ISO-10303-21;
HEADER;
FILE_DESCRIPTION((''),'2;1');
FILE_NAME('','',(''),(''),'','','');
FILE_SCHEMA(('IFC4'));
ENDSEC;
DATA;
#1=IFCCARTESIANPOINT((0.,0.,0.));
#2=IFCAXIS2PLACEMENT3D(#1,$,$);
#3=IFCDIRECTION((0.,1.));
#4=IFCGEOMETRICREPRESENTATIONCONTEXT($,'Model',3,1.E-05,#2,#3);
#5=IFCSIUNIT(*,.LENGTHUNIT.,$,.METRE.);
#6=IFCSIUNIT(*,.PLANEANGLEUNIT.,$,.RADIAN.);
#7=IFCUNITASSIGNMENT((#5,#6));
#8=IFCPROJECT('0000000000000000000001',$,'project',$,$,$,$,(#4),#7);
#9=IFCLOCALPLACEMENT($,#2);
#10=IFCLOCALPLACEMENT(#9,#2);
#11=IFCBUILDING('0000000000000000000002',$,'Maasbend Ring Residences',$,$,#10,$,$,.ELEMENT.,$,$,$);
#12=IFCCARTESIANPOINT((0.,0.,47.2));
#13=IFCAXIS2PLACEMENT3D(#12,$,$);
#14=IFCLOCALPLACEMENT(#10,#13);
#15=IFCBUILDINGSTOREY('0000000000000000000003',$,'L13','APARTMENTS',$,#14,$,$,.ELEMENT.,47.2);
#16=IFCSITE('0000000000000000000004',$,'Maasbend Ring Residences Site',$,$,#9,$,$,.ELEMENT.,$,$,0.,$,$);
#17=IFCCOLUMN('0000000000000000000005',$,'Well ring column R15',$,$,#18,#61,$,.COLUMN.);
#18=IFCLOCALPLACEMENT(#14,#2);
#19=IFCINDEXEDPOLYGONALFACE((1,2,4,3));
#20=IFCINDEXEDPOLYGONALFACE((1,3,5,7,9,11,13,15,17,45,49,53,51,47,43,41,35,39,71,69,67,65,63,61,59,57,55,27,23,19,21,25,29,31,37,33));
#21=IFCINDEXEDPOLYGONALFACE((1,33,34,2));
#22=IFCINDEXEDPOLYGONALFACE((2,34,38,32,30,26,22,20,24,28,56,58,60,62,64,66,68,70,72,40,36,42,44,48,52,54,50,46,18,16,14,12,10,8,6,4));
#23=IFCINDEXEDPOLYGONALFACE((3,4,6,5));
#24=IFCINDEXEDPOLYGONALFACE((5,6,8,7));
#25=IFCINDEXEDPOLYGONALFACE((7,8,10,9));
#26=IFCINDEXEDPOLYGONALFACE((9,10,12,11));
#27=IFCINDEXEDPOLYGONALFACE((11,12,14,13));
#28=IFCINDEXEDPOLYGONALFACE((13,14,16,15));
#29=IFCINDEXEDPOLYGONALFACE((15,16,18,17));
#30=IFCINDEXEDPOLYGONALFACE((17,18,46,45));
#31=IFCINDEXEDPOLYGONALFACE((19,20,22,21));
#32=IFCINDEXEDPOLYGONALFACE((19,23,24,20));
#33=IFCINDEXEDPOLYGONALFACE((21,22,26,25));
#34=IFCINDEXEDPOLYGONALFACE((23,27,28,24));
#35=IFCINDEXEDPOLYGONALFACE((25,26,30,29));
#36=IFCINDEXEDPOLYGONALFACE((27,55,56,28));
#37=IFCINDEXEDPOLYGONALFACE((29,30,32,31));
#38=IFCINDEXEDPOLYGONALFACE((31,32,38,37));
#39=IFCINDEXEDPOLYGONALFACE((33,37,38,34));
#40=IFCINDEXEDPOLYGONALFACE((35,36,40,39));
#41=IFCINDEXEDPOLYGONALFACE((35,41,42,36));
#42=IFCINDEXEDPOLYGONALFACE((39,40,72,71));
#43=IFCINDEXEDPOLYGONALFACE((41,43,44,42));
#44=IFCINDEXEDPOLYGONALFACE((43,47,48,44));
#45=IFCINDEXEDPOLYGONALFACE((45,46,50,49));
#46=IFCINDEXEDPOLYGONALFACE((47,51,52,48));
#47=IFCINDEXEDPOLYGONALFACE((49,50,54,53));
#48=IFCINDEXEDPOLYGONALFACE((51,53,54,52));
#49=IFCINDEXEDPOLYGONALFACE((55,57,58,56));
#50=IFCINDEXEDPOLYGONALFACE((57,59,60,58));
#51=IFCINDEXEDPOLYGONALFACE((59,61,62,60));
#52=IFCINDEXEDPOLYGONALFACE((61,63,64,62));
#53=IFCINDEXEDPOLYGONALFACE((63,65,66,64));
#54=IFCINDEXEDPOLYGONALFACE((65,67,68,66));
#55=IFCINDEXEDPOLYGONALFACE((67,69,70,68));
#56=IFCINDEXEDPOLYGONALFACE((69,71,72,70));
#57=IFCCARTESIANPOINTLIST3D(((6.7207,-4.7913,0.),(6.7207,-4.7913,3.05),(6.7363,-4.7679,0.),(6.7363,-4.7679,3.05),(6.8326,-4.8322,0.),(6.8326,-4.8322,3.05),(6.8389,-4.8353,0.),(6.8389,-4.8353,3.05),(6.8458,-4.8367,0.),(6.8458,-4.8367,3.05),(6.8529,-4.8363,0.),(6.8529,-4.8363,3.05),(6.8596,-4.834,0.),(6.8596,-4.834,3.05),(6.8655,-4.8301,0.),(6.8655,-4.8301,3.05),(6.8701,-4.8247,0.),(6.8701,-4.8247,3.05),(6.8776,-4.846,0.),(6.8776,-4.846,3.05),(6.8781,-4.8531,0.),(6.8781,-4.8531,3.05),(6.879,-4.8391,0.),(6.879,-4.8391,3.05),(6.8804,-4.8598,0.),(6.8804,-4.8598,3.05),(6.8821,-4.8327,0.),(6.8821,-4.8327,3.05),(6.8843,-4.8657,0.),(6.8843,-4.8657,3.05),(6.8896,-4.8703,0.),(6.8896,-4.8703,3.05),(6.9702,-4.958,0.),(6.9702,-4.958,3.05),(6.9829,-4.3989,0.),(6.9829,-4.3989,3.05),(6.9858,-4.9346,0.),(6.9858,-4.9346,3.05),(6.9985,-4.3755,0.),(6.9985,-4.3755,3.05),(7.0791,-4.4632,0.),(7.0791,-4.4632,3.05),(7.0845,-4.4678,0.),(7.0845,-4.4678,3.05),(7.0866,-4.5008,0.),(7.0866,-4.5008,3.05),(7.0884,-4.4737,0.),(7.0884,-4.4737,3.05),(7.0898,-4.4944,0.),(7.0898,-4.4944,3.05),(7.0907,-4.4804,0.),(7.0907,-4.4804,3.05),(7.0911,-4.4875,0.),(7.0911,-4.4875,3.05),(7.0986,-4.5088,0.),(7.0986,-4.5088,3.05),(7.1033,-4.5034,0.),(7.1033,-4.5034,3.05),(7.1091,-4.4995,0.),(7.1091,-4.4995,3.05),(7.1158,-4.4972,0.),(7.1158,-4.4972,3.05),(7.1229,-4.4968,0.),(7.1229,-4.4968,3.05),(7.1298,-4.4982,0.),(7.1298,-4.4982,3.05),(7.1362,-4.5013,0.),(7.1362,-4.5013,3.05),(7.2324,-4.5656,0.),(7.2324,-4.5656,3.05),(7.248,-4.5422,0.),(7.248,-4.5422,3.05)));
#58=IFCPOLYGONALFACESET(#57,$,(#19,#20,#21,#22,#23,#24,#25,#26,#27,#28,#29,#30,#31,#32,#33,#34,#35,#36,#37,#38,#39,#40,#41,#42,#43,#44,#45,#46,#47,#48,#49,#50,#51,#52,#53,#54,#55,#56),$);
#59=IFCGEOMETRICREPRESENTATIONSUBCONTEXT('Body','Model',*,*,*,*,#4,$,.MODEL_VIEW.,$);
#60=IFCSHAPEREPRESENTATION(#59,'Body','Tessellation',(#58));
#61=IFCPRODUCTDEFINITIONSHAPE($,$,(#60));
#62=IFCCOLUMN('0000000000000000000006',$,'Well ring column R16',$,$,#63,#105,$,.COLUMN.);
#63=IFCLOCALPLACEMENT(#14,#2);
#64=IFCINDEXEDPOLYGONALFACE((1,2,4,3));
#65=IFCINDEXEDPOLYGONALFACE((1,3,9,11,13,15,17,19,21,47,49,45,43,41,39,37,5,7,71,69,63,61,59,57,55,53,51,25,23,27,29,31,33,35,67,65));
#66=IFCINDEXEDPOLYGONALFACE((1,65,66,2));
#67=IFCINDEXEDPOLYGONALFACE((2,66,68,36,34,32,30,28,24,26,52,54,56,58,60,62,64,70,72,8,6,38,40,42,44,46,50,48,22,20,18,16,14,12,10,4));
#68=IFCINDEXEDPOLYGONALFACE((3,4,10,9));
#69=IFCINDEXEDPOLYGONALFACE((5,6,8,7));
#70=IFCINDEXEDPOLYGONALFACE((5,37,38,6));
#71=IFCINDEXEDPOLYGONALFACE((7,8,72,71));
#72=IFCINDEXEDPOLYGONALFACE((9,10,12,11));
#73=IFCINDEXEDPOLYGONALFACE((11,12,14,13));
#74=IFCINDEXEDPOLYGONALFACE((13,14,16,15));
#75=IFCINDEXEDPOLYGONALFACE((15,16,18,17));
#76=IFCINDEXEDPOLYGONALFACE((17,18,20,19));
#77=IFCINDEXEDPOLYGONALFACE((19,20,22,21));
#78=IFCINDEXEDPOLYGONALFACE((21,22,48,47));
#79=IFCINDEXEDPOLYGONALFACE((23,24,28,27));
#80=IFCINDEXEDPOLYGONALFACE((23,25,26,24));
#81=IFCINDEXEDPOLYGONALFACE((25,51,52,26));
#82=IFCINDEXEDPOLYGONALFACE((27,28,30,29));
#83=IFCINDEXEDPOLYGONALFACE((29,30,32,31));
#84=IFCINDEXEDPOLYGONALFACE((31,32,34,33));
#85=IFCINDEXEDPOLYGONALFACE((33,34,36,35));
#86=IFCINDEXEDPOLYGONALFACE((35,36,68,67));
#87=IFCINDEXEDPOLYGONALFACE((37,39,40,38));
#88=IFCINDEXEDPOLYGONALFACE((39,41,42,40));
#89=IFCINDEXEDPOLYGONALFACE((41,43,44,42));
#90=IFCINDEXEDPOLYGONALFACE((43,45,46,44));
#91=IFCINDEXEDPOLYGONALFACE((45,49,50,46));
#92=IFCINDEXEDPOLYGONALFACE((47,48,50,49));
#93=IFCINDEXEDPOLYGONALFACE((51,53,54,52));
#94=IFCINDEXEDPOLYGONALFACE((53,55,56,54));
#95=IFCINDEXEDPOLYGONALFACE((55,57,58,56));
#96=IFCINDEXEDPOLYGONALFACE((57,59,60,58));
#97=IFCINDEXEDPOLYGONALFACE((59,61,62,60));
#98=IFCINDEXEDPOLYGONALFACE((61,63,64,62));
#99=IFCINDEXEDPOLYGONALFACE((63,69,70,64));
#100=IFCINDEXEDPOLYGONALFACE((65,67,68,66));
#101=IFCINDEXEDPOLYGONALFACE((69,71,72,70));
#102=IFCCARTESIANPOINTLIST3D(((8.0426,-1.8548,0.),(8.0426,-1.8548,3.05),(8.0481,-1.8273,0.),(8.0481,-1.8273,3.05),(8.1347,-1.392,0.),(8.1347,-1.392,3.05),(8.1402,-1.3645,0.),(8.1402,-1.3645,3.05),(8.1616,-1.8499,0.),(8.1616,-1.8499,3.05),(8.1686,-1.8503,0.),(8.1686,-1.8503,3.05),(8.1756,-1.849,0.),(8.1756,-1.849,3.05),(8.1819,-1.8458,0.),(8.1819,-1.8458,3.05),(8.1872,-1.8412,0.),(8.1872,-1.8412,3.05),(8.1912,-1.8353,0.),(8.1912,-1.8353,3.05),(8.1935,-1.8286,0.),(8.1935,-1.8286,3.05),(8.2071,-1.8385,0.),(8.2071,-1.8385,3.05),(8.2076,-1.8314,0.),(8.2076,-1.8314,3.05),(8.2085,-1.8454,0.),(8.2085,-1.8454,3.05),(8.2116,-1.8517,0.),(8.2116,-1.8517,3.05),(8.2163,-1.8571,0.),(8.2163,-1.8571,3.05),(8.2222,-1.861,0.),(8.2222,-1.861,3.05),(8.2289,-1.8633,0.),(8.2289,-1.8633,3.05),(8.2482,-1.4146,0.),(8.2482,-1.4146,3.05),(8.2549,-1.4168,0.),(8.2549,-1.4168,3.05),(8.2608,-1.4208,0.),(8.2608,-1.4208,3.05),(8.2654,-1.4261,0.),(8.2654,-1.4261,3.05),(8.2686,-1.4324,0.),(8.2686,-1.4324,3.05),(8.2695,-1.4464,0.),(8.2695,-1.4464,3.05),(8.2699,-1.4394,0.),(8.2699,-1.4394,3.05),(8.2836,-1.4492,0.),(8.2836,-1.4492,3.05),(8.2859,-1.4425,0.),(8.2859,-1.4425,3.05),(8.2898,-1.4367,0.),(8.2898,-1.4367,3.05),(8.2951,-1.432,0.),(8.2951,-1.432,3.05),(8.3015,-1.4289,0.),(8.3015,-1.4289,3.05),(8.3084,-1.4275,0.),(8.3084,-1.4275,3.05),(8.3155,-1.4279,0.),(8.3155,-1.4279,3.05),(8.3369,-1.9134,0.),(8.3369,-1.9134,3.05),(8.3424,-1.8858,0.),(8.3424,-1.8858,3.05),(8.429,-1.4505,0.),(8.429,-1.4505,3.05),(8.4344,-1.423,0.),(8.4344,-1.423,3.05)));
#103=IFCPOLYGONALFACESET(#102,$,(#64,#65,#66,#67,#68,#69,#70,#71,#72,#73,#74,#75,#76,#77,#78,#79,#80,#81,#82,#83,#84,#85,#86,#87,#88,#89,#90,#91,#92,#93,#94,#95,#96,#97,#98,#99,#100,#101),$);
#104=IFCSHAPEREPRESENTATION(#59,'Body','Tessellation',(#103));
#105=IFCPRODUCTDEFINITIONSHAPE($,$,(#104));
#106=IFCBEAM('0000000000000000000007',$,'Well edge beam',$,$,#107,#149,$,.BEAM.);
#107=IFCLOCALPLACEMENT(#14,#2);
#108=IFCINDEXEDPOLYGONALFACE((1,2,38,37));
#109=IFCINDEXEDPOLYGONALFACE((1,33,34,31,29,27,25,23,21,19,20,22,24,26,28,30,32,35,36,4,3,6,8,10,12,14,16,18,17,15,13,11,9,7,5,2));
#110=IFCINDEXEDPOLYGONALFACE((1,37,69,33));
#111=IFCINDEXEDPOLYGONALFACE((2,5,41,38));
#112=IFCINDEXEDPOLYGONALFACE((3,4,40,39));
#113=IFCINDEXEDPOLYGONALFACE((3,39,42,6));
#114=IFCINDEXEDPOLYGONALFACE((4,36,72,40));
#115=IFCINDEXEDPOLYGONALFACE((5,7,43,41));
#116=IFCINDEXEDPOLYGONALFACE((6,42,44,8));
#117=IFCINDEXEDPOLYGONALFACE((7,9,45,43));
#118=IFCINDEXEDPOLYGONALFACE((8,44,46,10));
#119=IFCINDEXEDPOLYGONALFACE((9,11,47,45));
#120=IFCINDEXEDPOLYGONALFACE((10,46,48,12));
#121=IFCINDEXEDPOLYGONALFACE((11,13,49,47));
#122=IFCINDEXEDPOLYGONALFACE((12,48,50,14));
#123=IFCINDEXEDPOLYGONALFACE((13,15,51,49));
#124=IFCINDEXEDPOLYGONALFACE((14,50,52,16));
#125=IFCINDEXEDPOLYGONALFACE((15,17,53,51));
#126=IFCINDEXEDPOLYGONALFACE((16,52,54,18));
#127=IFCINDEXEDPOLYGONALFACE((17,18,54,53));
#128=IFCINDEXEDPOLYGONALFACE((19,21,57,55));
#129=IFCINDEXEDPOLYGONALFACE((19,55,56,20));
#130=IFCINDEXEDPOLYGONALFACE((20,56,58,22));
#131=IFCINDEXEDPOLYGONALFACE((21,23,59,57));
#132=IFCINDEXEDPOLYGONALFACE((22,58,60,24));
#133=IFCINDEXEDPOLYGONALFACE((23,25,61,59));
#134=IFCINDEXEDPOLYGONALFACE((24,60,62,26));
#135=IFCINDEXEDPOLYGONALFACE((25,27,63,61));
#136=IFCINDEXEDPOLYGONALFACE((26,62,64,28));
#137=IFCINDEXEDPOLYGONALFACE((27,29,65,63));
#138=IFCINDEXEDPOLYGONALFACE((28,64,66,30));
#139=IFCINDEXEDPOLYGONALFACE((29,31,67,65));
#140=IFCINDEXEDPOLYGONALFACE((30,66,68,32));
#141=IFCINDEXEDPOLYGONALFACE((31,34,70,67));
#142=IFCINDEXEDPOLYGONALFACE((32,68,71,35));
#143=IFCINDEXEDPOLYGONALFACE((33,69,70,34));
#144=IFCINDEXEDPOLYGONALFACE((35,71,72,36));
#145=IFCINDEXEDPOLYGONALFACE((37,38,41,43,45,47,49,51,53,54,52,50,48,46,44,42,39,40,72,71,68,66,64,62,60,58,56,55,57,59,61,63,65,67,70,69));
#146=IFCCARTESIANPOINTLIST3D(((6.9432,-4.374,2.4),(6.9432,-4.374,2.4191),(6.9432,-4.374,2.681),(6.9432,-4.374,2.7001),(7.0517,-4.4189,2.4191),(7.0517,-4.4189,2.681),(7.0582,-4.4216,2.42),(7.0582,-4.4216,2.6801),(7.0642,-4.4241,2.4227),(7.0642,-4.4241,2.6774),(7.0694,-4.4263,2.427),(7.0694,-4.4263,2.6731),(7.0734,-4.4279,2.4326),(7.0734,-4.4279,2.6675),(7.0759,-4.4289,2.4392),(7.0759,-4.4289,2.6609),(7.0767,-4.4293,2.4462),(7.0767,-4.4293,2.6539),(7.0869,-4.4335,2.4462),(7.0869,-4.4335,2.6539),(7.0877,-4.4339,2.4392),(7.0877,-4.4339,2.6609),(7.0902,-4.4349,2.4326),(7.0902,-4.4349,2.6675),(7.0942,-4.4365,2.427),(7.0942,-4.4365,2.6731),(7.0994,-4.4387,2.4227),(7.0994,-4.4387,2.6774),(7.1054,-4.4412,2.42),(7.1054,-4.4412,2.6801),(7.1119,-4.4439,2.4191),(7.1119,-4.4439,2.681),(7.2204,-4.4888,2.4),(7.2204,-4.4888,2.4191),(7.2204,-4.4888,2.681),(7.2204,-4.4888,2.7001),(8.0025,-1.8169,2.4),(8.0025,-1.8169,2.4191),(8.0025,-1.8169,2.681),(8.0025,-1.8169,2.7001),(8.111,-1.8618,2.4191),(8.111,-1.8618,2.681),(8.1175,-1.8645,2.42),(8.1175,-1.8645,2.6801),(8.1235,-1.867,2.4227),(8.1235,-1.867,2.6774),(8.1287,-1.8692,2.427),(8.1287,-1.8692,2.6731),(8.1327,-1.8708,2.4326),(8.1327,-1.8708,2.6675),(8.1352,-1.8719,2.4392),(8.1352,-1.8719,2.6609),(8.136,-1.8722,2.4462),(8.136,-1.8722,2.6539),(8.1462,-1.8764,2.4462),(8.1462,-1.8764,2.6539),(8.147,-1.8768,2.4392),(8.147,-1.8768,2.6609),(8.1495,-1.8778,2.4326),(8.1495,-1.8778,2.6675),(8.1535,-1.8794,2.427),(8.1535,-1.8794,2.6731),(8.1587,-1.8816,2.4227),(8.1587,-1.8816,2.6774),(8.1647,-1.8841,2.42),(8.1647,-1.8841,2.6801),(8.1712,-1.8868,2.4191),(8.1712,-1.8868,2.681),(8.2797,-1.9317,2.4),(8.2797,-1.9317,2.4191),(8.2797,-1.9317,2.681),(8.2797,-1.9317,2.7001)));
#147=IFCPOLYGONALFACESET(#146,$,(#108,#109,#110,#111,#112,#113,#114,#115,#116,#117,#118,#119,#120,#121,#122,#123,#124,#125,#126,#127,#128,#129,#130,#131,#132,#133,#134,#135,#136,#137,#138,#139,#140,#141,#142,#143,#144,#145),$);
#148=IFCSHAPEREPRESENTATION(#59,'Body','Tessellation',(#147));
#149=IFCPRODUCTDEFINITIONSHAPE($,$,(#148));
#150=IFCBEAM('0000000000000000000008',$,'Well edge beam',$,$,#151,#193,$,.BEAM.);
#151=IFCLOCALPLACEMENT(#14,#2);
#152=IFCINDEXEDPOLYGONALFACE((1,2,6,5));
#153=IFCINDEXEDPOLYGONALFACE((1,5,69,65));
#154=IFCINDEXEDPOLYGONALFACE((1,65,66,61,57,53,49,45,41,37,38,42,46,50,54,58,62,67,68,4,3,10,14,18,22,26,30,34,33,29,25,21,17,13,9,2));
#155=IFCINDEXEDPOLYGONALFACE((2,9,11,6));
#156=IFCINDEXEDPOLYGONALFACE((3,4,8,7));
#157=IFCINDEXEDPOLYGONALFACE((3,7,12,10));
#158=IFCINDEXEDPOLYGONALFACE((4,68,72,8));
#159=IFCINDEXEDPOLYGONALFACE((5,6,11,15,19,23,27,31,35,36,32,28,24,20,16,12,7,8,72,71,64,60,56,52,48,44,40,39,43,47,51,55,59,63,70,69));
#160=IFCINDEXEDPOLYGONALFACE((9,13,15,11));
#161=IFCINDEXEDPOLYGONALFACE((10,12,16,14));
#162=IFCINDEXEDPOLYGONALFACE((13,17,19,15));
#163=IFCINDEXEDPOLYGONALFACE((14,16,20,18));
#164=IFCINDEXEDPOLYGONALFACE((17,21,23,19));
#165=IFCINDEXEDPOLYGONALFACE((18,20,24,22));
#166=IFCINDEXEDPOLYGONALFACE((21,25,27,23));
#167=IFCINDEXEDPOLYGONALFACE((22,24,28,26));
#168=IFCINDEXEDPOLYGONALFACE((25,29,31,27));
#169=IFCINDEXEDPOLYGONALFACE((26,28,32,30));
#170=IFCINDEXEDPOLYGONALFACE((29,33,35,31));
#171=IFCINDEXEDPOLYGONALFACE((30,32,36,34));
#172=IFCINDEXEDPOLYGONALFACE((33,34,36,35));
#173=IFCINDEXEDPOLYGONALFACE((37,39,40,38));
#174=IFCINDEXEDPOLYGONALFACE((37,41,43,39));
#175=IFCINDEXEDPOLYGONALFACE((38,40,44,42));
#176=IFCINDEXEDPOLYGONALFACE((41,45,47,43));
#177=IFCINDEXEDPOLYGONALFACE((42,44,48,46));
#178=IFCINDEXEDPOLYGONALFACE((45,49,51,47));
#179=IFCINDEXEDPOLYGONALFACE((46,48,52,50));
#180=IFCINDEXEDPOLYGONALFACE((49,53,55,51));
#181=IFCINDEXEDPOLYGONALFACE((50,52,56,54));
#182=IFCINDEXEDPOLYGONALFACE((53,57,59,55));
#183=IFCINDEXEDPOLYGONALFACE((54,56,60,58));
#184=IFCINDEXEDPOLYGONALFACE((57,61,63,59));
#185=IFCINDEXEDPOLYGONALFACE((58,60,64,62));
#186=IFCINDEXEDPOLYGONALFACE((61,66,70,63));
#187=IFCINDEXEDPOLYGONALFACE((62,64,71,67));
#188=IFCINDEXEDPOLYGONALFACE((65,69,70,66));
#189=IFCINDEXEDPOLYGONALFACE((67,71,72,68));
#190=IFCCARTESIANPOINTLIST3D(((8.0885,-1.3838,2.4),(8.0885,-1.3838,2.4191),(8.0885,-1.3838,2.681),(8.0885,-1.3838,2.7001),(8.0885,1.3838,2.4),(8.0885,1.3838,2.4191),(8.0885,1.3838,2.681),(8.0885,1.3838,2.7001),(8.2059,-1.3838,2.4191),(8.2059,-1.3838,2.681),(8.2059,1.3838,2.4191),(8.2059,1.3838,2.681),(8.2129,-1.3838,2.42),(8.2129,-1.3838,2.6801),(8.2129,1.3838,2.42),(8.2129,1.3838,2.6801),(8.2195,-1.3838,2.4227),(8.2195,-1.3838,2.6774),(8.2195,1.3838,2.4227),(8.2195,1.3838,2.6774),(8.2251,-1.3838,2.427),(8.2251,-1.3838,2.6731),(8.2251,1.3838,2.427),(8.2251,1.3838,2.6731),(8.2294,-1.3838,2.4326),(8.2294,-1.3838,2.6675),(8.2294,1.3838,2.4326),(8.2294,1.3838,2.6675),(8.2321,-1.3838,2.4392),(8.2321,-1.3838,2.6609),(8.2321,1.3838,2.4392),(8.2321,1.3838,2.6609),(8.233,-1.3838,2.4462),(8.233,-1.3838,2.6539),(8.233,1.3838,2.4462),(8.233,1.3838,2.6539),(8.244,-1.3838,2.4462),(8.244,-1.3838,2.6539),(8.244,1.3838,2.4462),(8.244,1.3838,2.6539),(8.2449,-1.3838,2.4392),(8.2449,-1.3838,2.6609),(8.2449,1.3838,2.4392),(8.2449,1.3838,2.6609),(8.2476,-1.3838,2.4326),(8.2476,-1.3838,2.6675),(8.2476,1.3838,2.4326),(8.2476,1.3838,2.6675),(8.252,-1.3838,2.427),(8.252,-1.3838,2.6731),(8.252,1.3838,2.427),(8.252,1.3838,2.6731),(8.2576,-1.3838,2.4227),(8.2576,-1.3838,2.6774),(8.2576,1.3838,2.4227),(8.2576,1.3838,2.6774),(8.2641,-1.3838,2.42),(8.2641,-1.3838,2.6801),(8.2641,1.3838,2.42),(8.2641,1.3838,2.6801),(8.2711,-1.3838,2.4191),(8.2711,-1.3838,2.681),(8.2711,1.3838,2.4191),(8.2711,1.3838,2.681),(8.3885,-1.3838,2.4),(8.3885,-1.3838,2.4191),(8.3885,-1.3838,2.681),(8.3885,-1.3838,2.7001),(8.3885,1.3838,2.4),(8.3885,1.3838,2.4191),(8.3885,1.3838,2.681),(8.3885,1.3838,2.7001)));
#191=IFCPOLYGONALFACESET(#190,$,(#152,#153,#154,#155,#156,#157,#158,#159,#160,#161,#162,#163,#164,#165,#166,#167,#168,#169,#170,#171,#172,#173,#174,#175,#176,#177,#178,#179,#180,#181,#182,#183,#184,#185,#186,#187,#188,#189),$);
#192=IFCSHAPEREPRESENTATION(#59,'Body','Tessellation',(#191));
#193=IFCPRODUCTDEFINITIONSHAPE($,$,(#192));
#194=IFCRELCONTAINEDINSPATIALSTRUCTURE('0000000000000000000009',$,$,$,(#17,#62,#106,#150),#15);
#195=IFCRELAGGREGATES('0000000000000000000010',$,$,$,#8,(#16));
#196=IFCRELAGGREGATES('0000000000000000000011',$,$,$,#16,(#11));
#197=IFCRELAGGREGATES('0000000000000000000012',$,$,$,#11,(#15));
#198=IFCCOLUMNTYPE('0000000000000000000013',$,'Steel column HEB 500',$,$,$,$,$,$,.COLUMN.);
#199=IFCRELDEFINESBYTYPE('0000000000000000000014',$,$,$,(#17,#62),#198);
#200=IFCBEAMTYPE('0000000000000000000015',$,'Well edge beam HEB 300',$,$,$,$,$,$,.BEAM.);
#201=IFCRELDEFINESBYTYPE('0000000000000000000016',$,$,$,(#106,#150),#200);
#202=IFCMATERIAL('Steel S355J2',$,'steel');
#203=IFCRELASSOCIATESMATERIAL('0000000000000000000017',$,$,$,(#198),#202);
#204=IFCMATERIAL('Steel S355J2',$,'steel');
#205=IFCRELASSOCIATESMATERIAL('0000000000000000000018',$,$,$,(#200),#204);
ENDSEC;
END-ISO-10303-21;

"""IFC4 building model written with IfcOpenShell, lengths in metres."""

from ifc_helpers import new_model, si_unit, direction, frame, origin, origin_2d, place, context, subcontext, project, spatial, i_section, extrude, material, material_profile, profile_set, type_object, element, save


model = new_model("IFC4")

# Units and contexts
model_context = context("Model", 3, precision=1e-05, world=origin(), true_north=direction((0.0, 1.0)))
body_context = subcontext(model_context, "Body", "Model", "MODEL_VIEW")
ifc_project = project(units=[si_unit("LENGTHUNIT", "METRE"), si_unit("PLANEANGLEUNIT", "RADIAN")], contexts=[model_context])

# Site, building, storey
site_placement = place(None, origin())
site = spatial("IfcSite", under=ifc_project, at=site_placement, Name="Maasbend Ring Residences Site", CompositionType="ELEMENT", RefElevation=0.0)
building_placement = place(site_placement, origin())
building = spatial("IfcBuilding", under=site, at=building_placement, Name="Maasbend Ring Residences", CompositionType="ELEMENT")
storey_placement = place(building_placement, frame((0.0, 0.0, 47.2)))
storey = spatial("IfcBuildingStorey", under=building, at=storey_placement, Name="L13", Description="APARTMENTS", CompositionType="ELEMENT", Elevation=47.2)

# Columns
ifc_material_1 = material(Name="Steel S355J2", Category="steel")
ifc_material_profile_1 = material_profile(ifc_material_1, i_section(OverallWidth=0.3, OverallDepth=0.5, WebThickness=0.0144, FlangeThickness=0.0281, FilletRadius=0.0271, at=origin_2d()), Name="HEB 500")
ifc_profile_set_1 = profile_set([ifc_material_profile_1], Name="Steel S355J2")
column_type = type_object("IfcColumnType", Name="Steel column HEB 500", PredefinedType="COLUMN", material=ifc_profile_set_1)
for number, where, z_axis, x_axis, name in (
    (1, (6.9844, -4.6667, 0.0), (0.0, 0.0, 1.0), (0.83147, -0.55557, 0.0), "Well ring column R15"),
    (2, (8.2385, -1.6389, 0.0), (0.0, 0.0, 1.0), (0.980785, -0.19509, 0.0), "Well ring column R16"),
):
    element("IfcColumn", number, at=place(storey_placement, frame(where, z_axis=z_axis, x_axis=x_axis)), inside=storey, type_object=column_type, Name=name, PredefinedType="COLUMN", context=body_context, shape_type="SweptSolid", body=[
        extrude(i_section(OverallWidth=0.3, OverallDepth=0.5, WebThickness=0.0144, FlangeThickness=0.0281, FilletRadius=0.0271, at=origin_2d()), origin(), (0.0, 0.0, 1.0), 3.05),
    ])

# Beams
ifc_material_2 = material(Name="Steel S355J2", Category="steel")
ifc_material_profile_2 = material_profile(ifc_material_2, i_section(OverallWidth=0.3, OverallDepth=0.3, WebThickness=0.011, FlangeThickness=0.019, FilletRadius=0.0271, at=origin_2d()), Name="HEB 300")
ifc_profile_set_2 = profile_set([ifc_material_profile_2], Name="Steel S355J2")
beam_type = type_object("IfcBeamType", Name="Well edge beam HEB 300", PredefinedType="BEAM", material=ifc_profile_set_2)
beam_1_placement = place(storey_placement, frame((7.0818, -4.4314, 2.55), z_axis=(0.382723, 0.923863, 0.0), x_axis=(-0.923863, 0.382723, 0.0)))
element("IfcBeam", 3, at=beam_1_placement, inside=storey, type_object=beam_type, Name="Well edge beam", PredefinedType="BEAM", context=body_context, shape_type="SweptSolid", body=[
    extrude(i_section(OverallWidth=0.3, OverallDepth=0.3, WebThickness=0.011, FlangeThickness=0.019, FilletRadius=0.0271, at=origin_2d()), origin(), (0.0, 0.0, 1.0), 2.7678),
])
beam_2_placement = place(storey_placement, frame((8.2385, -1.3838, 2.55), z_axis=(0.0, 1.0, 0.0), x_axis=(-1.0, 0.0, 0.0)))
element("IfcBeam", 4, at=beam_2_placement, inside=storey, type_object=beam_type, Name="Well edge beam", PredefinedType="BEAM", context=body_context, shape_type="SweptSolid", body=[
    extrude(i_section(OverallWidth=0.3, OverallDepth=0.3, WebThickness=0.011, FlangeThickness=0.019, FilletRadius=0.0271, at=origin_2d()), origin(), (0.0, 0.0, 1.0), 2.7676),
])

save(model, "model.ifc")
